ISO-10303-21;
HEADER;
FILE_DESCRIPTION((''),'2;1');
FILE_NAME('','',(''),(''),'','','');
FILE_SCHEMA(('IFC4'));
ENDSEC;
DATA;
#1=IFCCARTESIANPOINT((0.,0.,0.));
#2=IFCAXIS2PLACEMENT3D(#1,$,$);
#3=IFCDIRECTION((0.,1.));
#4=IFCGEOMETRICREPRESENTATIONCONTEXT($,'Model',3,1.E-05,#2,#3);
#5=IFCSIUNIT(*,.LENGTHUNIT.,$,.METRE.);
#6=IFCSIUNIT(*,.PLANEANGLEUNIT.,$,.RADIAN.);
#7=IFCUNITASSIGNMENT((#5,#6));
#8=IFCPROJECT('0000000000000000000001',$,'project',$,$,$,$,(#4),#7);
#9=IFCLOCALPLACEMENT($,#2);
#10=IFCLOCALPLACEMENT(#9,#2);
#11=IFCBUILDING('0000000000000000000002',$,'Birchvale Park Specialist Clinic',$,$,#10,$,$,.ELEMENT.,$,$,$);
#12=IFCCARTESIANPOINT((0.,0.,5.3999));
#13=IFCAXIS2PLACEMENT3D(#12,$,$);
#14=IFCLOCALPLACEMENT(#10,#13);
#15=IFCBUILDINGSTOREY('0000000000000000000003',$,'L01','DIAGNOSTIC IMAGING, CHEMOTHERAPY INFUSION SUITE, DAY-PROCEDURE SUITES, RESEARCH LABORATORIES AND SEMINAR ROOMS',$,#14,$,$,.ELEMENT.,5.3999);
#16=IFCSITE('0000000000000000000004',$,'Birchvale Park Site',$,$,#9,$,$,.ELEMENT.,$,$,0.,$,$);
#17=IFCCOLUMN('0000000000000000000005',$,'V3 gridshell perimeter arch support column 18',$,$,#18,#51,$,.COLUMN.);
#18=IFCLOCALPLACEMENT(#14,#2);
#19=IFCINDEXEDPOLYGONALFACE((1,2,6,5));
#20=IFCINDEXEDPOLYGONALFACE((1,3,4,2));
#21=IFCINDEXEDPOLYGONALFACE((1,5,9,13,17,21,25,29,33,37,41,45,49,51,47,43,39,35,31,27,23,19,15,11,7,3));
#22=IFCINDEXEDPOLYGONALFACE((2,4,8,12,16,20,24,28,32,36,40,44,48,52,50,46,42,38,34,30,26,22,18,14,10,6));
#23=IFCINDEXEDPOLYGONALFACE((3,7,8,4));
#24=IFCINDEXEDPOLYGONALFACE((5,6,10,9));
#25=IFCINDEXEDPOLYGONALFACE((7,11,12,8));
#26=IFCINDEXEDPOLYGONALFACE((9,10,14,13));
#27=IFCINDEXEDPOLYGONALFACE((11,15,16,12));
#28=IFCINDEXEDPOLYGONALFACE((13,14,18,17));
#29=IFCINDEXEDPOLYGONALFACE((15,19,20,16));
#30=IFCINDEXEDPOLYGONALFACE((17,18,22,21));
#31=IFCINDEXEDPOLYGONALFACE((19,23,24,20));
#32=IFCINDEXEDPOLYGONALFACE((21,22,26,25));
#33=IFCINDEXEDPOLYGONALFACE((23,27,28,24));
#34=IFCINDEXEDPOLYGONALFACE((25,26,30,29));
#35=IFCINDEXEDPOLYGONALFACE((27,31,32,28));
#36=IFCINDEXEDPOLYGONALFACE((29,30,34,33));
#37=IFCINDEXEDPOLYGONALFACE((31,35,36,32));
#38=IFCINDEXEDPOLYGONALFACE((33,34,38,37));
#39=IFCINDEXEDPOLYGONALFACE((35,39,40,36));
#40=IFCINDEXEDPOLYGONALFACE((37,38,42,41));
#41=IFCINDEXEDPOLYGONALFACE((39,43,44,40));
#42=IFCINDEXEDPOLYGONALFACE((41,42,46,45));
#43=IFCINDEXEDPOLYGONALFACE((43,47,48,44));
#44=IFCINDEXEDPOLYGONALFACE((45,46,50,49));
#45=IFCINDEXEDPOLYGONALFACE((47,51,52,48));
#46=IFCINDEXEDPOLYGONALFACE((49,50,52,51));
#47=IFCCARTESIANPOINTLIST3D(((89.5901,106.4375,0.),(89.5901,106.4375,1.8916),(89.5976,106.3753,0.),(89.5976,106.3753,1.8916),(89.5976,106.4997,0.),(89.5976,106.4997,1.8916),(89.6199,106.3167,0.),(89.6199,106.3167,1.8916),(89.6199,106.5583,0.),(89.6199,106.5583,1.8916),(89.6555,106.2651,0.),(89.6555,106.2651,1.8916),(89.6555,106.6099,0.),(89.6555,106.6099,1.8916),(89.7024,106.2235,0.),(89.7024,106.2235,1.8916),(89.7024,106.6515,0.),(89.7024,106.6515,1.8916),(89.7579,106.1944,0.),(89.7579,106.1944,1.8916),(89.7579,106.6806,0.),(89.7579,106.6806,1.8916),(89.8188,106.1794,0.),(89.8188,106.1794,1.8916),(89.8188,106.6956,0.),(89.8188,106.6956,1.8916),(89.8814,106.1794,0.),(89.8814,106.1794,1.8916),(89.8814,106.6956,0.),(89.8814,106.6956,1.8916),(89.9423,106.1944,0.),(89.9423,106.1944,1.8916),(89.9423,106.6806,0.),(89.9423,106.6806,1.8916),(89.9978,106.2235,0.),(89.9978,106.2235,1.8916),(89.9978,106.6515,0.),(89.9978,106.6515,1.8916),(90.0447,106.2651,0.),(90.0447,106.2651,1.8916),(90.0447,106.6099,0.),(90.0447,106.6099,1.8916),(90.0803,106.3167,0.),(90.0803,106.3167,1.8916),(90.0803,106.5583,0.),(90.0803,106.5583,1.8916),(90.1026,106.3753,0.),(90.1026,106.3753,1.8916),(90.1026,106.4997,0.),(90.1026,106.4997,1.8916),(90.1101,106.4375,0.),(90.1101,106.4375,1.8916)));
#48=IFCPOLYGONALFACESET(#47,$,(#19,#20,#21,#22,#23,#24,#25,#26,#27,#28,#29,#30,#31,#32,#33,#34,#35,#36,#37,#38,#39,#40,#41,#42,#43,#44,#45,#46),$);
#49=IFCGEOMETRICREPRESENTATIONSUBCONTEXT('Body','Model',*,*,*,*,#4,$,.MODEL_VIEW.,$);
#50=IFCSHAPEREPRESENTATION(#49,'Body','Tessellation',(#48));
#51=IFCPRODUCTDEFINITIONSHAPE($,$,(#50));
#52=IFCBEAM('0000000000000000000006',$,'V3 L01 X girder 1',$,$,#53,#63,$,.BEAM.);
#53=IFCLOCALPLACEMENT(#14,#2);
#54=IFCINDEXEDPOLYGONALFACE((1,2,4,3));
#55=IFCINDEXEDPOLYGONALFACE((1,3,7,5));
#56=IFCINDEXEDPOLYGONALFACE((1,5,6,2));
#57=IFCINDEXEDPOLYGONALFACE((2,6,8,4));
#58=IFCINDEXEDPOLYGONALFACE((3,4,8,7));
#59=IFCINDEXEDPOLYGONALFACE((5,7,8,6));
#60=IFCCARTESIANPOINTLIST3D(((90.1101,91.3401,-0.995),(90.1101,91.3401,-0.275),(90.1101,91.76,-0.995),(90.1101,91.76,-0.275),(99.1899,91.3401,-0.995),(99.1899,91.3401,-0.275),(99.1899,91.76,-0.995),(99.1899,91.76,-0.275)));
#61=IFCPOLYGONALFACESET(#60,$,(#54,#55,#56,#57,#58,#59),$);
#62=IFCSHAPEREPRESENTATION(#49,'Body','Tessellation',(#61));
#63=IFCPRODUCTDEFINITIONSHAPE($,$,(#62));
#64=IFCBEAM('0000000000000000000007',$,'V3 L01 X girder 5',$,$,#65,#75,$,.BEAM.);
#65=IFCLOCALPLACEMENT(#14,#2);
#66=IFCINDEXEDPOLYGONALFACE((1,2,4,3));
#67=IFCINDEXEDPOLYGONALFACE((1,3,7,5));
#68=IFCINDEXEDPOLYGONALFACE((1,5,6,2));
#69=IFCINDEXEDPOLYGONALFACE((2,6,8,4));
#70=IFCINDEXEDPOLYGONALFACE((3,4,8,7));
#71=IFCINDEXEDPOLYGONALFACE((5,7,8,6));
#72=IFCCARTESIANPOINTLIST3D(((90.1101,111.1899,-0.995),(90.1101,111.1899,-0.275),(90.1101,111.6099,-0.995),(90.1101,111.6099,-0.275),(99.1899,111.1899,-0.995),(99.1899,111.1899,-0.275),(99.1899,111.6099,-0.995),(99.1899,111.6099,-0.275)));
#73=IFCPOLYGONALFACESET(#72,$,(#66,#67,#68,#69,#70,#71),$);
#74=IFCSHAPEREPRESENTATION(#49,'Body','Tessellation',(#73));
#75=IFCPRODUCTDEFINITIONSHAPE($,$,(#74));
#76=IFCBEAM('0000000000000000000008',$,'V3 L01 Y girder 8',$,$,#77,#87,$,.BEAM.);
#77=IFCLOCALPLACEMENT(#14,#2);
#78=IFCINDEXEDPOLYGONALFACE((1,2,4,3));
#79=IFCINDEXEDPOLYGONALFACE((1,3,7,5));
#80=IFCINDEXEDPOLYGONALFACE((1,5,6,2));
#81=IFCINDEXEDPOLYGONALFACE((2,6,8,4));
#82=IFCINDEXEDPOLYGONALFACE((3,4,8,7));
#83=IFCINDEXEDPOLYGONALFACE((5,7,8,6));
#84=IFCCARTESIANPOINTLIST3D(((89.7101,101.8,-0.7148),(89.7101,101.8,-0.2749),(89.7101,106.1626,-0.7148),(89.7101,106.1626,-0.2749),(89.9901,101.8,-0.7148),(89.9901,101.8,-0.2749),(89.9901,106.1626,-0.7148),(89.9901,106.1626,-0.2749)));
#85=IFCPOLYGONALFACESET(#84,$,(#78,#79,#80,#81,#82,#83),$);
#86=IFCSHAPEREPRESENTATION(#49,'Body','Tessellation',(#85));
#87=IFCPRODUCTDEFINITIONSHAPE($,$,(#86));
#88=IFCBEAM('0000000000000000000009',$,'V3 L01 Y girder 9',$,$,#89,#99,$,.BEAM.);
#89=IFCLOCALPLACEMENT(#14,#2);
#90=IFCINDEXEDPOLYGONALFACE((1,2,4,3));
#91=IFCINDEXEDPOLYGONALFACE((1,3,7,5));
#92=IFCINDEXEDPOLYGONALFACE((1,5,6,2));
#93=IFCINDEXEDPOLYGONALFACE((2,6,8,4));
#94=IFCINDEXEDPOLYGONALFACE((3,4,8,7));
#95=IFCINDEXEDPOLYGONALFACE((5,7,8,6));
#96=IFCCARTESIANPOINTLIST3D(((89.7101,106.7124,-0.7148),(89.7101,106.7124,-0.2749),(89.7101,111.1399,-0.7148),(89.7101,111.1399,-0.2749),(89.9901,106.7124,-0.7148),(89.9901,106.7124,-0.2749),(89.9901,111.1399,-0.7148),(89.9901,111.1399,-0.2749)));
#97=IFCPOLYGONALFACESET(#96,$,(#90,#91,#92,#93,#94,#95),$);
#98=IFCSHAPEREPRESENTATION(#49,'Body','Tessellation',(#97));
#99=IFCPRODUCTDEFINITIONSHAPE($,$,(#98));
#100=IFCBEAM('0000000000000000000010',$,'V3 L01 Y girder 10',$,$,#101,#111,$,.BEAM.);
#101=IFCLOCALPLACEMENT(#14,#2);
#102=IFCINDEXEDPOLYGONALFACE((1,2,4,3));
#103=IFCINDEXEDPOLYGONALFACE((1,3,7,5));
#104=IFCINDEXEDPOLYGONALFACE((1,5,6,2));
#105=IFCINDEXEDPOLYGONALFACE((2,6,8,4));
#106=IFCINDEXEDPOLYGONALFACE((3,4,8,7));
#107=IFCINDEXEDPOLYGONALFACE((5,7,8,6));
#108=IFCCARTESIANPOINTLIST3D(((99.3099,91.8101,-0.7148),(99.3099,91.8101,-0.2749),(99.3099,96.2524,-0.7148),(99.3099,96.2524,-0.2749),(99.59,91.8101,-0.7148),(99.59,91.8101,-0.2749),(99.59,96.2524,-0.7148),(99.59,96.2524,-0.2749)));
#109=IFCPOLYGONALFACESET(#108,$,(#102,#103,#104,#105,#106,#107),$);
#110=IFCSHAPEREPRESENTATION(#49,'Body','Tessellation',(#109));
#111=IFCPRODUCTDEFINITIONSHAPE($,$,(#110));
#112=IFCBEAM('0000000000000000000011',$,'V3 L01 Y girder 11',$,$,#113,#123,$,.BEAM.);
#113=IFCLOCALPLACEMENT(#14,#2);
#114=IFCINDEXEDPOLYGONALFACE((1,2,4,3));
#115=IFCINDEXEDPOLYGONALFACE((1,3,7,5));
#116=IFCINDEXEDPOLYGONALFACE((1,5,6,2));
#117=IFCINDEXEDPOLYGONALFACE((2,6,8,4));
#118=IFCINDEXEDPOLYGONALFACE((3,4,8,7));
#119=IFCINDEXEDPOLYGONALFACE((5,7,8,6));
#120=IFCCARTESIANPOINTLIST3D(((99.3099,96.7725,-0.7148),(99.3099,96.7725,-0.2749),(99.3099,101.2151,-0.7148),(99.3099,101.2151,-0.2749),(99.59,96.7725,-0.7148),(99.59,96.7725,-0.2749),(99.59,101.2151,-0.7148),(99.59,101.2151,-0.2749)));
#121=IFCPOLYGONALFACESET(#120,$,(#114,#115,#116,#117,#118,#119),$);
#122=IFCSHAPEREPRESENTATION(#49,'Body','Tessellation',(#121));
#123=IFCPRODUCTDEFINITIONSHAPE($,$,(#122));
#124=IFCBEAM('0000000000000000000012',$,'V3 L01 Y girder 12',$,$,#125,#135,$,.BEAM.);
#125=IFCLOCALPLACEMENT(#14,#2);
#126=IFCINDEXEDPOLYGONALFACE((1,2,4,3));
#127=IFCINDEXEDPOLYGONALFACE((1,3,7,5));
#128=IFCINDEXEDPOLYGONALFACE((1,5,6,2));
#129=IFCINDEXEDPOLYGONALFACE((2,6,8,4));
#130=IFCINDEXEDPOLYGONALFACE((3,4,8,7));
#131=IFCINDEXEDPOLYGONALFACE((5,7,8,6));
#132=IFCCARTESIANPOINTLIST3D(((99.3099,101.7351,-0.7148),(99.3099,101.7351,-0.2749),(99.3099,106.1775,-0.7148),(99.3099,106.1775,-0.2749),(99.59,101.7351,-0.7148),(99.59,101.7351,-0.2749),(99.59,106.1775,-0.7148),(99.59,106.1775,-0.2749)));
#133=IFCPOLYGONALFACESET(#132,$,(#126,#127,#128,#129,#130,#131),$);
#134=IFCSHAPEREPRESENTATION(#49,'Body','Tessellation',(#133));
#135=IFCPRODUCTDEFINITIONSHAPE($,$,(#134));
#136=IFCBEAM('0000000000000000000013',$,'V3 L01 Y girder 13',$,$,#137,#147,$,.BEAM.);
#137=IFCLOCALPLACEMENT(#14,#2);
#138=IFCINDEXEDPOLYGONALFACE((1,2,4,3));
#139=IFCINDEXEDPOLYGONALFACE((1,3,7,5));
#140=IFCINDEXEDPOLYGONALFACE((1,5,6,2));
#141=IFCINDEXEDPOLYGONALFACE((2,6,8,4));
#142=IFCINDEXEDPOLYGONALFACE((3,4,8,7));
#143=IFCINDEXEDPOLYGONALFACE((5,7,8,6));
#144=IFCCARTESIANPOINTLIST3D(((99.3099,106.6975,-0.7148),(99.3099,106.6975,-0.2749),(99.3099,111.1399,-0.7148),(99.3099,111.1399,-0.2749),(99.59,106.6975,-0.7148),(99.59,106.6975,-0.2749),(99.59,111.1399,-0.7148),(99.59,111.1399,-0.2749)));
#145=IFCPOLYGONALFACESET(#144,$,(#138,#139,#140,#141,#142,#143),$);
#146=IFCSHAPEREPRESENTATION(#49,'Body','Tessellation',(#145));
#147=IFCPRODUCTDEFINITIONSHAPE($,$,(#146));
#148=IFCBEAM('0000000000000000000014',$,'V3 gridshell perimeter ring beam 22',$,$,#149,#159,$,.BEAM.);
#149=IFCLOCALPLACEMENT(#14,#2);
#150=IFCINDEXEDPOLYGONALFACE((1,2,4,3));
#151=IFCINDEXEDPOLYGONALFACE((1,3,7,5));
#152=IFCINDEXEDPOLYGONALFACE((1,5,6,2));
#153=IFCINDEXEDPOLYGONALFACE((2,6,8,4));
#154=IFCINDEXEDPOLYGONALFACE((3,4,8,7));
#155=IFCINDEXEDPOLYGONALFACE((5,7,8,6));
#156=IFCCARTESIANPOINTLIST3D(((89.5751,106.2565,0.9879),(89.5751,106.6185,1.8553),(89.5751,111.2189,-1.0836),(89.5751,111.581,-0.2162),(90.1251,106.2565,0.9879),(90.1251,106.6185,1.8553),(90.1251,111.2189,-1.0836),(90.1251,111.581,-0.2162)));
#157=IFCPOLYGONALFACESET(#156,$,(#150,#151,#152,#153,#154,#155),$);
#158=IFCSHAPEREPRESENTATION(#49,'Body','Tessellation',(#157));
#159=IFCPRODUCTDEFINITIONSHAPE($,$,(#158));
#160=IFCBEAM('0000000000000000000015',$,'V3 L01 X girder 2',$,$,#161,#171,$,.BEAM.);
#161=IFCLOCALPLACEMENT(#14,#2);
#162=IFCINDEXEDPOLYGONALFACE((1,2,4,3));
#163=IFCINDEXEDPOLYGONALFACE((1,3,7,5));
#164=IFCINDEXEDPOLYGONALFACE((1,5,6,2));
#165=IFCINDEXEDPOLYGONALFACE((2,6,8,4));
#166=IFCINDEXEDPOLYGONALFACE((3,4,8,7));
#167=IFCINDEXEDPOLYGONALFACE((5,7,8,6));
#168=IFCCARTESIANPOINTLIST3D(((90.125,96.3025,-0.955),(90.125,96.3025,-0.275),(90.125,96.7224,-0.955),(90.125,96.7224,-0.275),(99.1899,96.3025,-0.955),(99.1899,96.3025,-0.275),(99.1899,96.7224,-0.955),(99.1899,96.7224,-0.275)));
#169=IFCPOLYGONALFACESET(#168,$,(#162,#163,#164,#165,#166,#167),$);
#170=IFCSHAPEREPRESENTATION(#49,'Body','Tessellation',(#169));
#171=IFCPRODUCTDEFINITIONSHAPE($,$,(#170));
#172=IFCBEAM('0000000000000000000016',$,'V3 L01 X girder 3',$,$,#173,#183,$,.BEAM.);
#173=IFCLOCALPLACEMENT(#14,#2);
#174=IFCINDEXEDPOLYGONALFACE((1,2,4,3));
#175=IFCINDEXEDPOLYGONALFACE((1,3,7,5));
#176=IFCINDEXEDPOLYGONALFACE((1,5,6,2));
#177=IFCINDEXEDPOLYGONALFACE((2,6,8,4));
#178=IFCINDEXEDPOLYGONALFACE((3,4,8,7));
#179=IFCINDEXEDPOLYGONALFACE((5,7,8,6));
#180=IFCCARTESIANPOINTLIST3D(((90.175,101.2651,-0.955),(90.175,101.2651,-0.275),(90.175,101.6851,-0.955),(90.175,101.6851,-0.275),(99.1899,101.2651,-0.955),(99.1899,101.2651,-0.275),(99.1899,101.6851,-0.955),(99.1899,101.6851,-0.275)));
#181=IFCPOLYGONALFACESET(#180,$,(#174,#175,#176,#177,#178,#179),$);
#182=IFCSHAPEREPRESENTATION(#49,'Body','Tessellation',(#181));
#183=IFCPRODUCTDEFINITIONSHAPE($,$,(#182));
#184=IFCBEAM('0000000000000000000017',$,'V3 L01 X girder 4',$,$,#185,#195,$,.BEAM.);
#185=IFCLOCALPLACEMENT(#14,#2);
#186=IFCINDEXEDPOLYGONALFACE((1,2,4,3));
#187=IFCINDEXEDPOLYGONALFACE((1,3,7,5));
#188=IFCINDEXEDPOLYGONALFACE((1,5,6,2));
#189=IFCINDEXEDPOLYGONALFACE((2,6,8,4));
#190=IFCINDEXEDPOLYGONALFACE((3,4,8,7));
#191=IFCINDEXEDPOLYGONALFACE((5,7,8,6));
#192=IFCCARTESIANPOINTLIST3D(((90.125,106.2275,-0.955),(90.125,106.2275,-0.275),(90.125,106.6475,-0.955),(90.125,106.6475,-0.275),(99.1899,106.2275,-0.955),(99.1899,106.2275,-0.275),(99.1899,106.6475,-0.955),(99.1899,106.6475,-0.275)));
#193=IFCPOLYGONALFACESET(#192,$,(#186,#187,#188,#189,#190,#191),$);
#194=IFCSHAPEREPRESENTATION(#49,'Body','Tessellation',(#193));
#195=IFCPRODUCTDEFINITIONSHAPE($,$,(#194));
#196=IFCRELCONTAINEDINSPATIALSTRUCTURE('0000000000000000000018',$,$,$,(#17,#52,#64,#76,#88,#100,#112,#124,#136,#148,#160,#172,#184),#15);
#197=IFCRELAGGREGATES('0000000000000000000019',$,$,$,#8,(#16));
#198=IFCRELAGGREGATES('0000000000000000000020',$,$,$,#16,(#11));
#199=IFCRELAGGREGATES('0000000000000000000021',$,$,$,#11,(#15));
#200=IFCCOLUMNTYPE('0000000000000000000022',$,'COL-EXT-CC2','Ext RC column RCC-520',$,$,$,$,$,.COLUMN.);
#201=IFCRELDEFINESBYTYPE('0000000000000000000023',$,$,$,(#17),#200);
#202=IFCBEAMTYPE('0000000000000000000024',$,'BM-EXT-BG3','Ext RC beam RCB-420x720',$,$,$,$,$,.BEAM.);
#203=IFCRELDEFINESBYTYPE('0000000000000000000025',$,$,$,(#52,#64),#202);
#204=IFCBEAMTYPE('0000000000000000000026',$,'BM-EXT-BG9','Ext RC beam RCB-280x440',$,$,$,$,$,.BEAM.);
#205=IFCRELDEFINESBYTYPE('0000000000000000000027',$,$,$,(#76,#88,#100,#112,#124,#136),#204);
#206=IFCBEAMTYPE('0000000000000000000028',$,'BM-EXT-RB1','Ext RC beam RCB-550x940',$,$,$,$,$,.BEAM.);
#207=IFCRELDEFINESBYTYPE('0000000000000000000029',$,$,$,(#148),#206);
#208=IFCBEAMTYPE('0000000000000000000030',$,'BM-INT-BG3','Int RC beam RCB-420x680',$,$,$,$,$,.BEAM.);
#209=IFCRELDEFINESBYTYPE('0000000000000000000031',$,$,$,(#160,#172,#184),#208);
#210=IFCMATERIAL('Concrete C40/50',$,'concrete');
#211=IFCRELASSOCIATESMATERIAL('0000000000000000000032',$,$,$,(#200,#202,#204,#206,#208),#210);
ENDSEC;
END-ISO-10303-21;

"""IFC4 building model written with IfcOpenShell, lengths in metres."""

from ifc_helpers import new_model, si_unit, direction, frame, origin, origin_2d, place, context, subcontext, project, spatial, rectangle, circle, extrude, material, material_profile, profile_set, type_object, element, save


model = new_model("IFC4")

# Units and contexts
model_context = context("Model", 3, precision=1e-05, world=origin(), true_north=direction((0.0, 1.0)))
body_context = subcontext(model_context, "Body", "Model", "MODEL_VIEW")
ifc_project = project(units=[si_unit("LENGTHUNIT", "METRE"), si_unit("PLANEANGLEUNIT", "RADIAN")], contexts=[model_context])

# Site, building, storey
site_placement = place(None, origin())
site = spatial("IfcSite", under=ifc_project, at=site_placement, Name="Birchvale Park Site", CompositionType="ELEMENT", RefElevation=0.0)
building_placement = place(site_placement, origin())
building = spatial("IfcBuilding", under=site, at=building_placement, Name="Birchvale Park Specialist Clinic", CompositionType="ELEMENT")
storey_placement = place(building_placement, frame((0.0, 0.0, 5.3999)))
storey = spatial("IfcBuildingStorey", under=building, at=storey_placement, Name="L01", Description="DIAGNOSTIC IMAGING, CHEMOTHERAPY INFUSION SUITE, DAY-PROCEDURE SUITES, RESEARCH LABORATORIES AND SEMINAR ROOMS", CompositionType="ELEMENT", Elevation=5.3999)

# Column
ifc_material_1 = material(Name="Concrete C40/50", Category="concrete")
ifc_material_profile_1 = material_profile(ifc_material_1, circle(Radius=0.26, at=origin_2d()), Name="RCC-520")
ifc_profile_set_1 = profile_set([ifc_material_profile_1], Name="Concrete C40/50")
column_type = type_object("IfcColumnType", Name="COL-EXT-CC2", Description="Ext RC column RCC-520", PredefinedType="COLUMN", material=ifc_profile_set_1)
column_placement = place(storey_placement, frame((89.8501, 106.4375, 0.0), z_axis=(0.0, 0.0, 1.0), x_axis=(1.0, 0.0, 0.0)))
element("IfcColumn", 1, at=column_placement, inside=storey, type_object=column_type, Name="V3 gridshell perimeter arch support column 18", PredefinedType="COLUMN", context=body_context, shape_type="SweptSolid", body=[
    extrude(circle(Radius=0.26, at=origin_2d()), origin(), (0.0, 0.0, 1.0), 1.8916),
])

# Beams
ifc_material_profile_2 = material_profile(ifc_material_1, rectangle(XDim=0.4199, YDim=0.72, at=origin_2d()), Name="RCB-420x720")
ifc_profile_set_2 = profile_set([ifc_material_profile_2], Name="Concrete C40/50")
beam_type_1 = type_object("IfcBeamType", Name="BM-EXT-BG3", Description="Ext RC beam RCB-420x720", PredefinedType="BEAM", material=ifc_profile_set_2)
for number, where, z_axis, x_axis, name in (
    (2, (90.1101, 91.55, -0.635), (1.0, 0.0, 0.0), (0.0, 1.0, 0.0), "V3 L01 X girder 1"),
    (3, (90.1101, 111.3999, -0.635), (1.0, 0.0, 0.0), (0.0, 1.0, 0.0), "V3 L01 X girder 5"),
):
    element("IfcBeam", number, at=place(storey_placement, frame(where, z_axis=z_axis, x_axis=x_axis)), inside=storey, type_object=beam_type_1, Name=name, PredefinedType="BEAM", context=body_context, shape_type="SweptSolid", body=[
        extrude(rectangle(XDim=0.4199, YDim=0.72, at=origin_2d()), origin(), (0.0, 0.0, 1.0), 9.0798),
    ])
ifc_material_profile_3 = material_profile(ifc_material_1, rectangle(XDim=0.28, YDim=0.4399, at=origin_2d()), Name="RCB-280x440")
ifc_profile_set_3 = profile_set([ifc_material_profile_3], Name="Concrete C40/50")
beam_type_2 = type_object("IfcBeamType", Name="BM-EXT-BG9", Description="Ext RC beam RCB-280x440", PredefinedType="BEAM", material=ifc_profile_set_3)
beam_1_placement = place(storey_placement, frame((89.8501, 101.8, -0.4949), z_axis=(0.0, 1.0, 0.0), x_axis=(-1.0, 0.0, 0.0)))
element("IfcBeam", 4, at=beam_1_placement, inside=storey, type_object=beam_type_2, Name="V3 L01 Y girder 8", PredefinedType="BEAM", context=body_context, shape_type="SweptSolid", body=[
    extrude(rectangle(XDim=0.28, YDim=0.4399, at=origin_2d()), origin(), (0.0, 0.0, 1.0), 4.3625),
])
beam_2_placement = place(storey_placement, frame((89.8501, 106.7124, -0.4949), z_axis=(0.0, 1.0, 0.0), x_axis=(-1.0, 0.0, 0.0)))
element("IfcBeam", 5, at=beam_2_placement, inside=storey, type_object=beam_type_2, Name="V3 L01 Y girder 9", PredefinedType="BEAM", context=body_context, shape_type="SweptSolid", body=[
    extrude(rectangle(XDim=0.28, YDim=0.4399, at=origin_2d()), origin(), (0.0, 0.0, 1.0), 4.4275),
])
beam_3_placement = place(storey_placement, frame((99.45, 91.8101, -0.4949), z_axis=(0.0, 1.0, 0.0), x_axis=(-1.0, 0.0, 0.0)))
element("IfcBeam", 6, at=beam_3_placement, inside=storey, type_object=beam_type_2, Name="V3 L01 Y girder 10", PredefinedType="BEAM", context=body_context, shape_type="SweptSolid", body=[
    extrude(rectangle(XDim=0.28, YDim=0.4399, at=origin_2d()), origin(), (0.0, 0.0, 1.0), 4.4424),
])
beam_4_placement = place(storey_placement, frame((99.45, 96.7725, -0.4949), z_axis=(0.0, 1.0, 0.0), x_axis=(-1.0, 0.0, 0.0)))
element("IfcBeam", 7, at=beam_4_placement, inside=storey, type_object=beam_type_2, Name="V3 L01 Y girder 11", PredefinedType="BEAM", context=body_context, shape_type="SweptSolid", body=[
    extrude(rectangle(XDim=0.28, YDim=0.4399, at=origin_2d()), origin(), (0.0, 0.0, 1.0), 4.4426),
])
for number, where, z_axis, x_axis, name in (
    (8, (99.45, 101.7351, -0.4949), (0.0, 1.0, 0.0), (-1.0, 0.0, 0.0), "V3 L01 Y girder 12"),
    (9, (99.45, 106.6975, -0.4949), (0.0, 1.0, 0.0), (-1.0, 0.0, 0.0), "V3 L01 Y girder 13"),
):
    element("IfcBeam", number, at=place(storey_placement, frame(where, z_axis=z_axis, x_axis=x_axis)), inside=storey, type_object=beam_type_2, Name=name, PredefinedType="BEAM", context=body_context, shape_type="SweptSolid", body=[
        extrude(rectangle(XDim=0.28, YDim=0.4399, at=origin_2d()), origin(), (0.0, 0.0, 1.0), 4.4424),
    ])
ifc_material_profile_4 = material_profile(ifc_material_1, rectangle(XDim=0.55, YDim=0.9399, at=origin_2d()), Name="RCB-550x940")
ifc_profile_set_4 = profile_set([ifc_material_profile_4], Name="Concrete C40/50")
beam_type_3 = type_object("IfcBeamType", Name="BM-EXT-RB1", Description="Ext RC beam RCB-550x940", PredefinedType="BEAM", material=ifc_profile_set_4)
beam_5_placement = place(storey_placement, frame((89.8501, 106.4375, 1.4216), z_axis=(0.0, 0.922822, -0.385228), x_axis=(-1.0, 0.0, 0.0)))
element("IfcBeam", 10, at=beam_5_placement, inside=storey, type_object=beam_type_3, Name="V3 gridshell perimeter ring beam 22", PredefinedType="BEAM", context=body_context, shape_type="SweptSolid", body=[
    extrude(rectangle(XDim=0.55, YDim=0.9399, at=origin_2d()), origin(), (0.0, 0.0, 1.0), 5.3774),
])
ifc_material_profile_5 = material_profile(ifc_material_1, rectangle(XDim=0.4199, YDim=0.6799, at=origin_2d()), Name="RCB-420x680")
ifc_profile_set_5 = profile_set([ifc_material_profile_5], Name="Concrete C40/50")
beam_type_4 = type_object("IfcBeamType", Name="BM-INT-BG3", Description="Int RC beam RCB-420x680", PredefinedType="BEAM", material=ifc_profile_set_5)
beam_6_placement = place(storey_placement, frame((90.125, 96.5125, -0.615), z_axis=(1.0, 0.0, 0.0), x_axis=(0.0, 1.0, 0.0)))
element("IfcBeam", 11, at=beam_6_placement, inside=storey, type_object=beam_type_4, Name="V3 L01 X girder 2", PredefinedType="BEAM", context=body_context, shape_type="SweptSolid", body=[
    extrude(rectangle(XDim=0.4199, YDim=0.6799, at=origin_2d()), origin(), (0.0, 0.0, 1.0), 9.0649),
])
beam_7_placement = place(storey_placement, frame((90.175, 101.4751, -0.615), z_axis=(1.0, 0.0, 0.0), x_axis=(0.0, 1.0, 0.0)))
element("IfcBeam", 12, at=beam_7_placement, inside=storey, type_object=beam_type_4, Name="V3 L01 X girder 3", PredefinedType="BEAM", context=body_context, shape_type="SweptSolid", body=[
    extrude(rectangle(XDim=0.4199, YDim=0.6799, at=origin_2d()), origin(), (0.0, 0.0, 1.0), 9.0149),
])
beam_8_placement = place(storey_placement, frame((90.125, 106.4375, -0.615), z_axis=(1.0, 0.0, 0.0), x_axis=(0.0, 1.0, 0.0)))
element("IfcBeam", 13, at=beam_8_placement, inside=storey, type_object=beam_type_4, Name="V3 L01 X girder 4", PredefinedType="BEAM", context=body_context, shape_type="SweptSolid", body=[
    extrude(rectangle(XDim=0.4199, YDim=0.6799, at=origin_2d()), origin(), (0.0, 0.0, 1.0), 9.0649),
])

save(model, "model.ifc")
